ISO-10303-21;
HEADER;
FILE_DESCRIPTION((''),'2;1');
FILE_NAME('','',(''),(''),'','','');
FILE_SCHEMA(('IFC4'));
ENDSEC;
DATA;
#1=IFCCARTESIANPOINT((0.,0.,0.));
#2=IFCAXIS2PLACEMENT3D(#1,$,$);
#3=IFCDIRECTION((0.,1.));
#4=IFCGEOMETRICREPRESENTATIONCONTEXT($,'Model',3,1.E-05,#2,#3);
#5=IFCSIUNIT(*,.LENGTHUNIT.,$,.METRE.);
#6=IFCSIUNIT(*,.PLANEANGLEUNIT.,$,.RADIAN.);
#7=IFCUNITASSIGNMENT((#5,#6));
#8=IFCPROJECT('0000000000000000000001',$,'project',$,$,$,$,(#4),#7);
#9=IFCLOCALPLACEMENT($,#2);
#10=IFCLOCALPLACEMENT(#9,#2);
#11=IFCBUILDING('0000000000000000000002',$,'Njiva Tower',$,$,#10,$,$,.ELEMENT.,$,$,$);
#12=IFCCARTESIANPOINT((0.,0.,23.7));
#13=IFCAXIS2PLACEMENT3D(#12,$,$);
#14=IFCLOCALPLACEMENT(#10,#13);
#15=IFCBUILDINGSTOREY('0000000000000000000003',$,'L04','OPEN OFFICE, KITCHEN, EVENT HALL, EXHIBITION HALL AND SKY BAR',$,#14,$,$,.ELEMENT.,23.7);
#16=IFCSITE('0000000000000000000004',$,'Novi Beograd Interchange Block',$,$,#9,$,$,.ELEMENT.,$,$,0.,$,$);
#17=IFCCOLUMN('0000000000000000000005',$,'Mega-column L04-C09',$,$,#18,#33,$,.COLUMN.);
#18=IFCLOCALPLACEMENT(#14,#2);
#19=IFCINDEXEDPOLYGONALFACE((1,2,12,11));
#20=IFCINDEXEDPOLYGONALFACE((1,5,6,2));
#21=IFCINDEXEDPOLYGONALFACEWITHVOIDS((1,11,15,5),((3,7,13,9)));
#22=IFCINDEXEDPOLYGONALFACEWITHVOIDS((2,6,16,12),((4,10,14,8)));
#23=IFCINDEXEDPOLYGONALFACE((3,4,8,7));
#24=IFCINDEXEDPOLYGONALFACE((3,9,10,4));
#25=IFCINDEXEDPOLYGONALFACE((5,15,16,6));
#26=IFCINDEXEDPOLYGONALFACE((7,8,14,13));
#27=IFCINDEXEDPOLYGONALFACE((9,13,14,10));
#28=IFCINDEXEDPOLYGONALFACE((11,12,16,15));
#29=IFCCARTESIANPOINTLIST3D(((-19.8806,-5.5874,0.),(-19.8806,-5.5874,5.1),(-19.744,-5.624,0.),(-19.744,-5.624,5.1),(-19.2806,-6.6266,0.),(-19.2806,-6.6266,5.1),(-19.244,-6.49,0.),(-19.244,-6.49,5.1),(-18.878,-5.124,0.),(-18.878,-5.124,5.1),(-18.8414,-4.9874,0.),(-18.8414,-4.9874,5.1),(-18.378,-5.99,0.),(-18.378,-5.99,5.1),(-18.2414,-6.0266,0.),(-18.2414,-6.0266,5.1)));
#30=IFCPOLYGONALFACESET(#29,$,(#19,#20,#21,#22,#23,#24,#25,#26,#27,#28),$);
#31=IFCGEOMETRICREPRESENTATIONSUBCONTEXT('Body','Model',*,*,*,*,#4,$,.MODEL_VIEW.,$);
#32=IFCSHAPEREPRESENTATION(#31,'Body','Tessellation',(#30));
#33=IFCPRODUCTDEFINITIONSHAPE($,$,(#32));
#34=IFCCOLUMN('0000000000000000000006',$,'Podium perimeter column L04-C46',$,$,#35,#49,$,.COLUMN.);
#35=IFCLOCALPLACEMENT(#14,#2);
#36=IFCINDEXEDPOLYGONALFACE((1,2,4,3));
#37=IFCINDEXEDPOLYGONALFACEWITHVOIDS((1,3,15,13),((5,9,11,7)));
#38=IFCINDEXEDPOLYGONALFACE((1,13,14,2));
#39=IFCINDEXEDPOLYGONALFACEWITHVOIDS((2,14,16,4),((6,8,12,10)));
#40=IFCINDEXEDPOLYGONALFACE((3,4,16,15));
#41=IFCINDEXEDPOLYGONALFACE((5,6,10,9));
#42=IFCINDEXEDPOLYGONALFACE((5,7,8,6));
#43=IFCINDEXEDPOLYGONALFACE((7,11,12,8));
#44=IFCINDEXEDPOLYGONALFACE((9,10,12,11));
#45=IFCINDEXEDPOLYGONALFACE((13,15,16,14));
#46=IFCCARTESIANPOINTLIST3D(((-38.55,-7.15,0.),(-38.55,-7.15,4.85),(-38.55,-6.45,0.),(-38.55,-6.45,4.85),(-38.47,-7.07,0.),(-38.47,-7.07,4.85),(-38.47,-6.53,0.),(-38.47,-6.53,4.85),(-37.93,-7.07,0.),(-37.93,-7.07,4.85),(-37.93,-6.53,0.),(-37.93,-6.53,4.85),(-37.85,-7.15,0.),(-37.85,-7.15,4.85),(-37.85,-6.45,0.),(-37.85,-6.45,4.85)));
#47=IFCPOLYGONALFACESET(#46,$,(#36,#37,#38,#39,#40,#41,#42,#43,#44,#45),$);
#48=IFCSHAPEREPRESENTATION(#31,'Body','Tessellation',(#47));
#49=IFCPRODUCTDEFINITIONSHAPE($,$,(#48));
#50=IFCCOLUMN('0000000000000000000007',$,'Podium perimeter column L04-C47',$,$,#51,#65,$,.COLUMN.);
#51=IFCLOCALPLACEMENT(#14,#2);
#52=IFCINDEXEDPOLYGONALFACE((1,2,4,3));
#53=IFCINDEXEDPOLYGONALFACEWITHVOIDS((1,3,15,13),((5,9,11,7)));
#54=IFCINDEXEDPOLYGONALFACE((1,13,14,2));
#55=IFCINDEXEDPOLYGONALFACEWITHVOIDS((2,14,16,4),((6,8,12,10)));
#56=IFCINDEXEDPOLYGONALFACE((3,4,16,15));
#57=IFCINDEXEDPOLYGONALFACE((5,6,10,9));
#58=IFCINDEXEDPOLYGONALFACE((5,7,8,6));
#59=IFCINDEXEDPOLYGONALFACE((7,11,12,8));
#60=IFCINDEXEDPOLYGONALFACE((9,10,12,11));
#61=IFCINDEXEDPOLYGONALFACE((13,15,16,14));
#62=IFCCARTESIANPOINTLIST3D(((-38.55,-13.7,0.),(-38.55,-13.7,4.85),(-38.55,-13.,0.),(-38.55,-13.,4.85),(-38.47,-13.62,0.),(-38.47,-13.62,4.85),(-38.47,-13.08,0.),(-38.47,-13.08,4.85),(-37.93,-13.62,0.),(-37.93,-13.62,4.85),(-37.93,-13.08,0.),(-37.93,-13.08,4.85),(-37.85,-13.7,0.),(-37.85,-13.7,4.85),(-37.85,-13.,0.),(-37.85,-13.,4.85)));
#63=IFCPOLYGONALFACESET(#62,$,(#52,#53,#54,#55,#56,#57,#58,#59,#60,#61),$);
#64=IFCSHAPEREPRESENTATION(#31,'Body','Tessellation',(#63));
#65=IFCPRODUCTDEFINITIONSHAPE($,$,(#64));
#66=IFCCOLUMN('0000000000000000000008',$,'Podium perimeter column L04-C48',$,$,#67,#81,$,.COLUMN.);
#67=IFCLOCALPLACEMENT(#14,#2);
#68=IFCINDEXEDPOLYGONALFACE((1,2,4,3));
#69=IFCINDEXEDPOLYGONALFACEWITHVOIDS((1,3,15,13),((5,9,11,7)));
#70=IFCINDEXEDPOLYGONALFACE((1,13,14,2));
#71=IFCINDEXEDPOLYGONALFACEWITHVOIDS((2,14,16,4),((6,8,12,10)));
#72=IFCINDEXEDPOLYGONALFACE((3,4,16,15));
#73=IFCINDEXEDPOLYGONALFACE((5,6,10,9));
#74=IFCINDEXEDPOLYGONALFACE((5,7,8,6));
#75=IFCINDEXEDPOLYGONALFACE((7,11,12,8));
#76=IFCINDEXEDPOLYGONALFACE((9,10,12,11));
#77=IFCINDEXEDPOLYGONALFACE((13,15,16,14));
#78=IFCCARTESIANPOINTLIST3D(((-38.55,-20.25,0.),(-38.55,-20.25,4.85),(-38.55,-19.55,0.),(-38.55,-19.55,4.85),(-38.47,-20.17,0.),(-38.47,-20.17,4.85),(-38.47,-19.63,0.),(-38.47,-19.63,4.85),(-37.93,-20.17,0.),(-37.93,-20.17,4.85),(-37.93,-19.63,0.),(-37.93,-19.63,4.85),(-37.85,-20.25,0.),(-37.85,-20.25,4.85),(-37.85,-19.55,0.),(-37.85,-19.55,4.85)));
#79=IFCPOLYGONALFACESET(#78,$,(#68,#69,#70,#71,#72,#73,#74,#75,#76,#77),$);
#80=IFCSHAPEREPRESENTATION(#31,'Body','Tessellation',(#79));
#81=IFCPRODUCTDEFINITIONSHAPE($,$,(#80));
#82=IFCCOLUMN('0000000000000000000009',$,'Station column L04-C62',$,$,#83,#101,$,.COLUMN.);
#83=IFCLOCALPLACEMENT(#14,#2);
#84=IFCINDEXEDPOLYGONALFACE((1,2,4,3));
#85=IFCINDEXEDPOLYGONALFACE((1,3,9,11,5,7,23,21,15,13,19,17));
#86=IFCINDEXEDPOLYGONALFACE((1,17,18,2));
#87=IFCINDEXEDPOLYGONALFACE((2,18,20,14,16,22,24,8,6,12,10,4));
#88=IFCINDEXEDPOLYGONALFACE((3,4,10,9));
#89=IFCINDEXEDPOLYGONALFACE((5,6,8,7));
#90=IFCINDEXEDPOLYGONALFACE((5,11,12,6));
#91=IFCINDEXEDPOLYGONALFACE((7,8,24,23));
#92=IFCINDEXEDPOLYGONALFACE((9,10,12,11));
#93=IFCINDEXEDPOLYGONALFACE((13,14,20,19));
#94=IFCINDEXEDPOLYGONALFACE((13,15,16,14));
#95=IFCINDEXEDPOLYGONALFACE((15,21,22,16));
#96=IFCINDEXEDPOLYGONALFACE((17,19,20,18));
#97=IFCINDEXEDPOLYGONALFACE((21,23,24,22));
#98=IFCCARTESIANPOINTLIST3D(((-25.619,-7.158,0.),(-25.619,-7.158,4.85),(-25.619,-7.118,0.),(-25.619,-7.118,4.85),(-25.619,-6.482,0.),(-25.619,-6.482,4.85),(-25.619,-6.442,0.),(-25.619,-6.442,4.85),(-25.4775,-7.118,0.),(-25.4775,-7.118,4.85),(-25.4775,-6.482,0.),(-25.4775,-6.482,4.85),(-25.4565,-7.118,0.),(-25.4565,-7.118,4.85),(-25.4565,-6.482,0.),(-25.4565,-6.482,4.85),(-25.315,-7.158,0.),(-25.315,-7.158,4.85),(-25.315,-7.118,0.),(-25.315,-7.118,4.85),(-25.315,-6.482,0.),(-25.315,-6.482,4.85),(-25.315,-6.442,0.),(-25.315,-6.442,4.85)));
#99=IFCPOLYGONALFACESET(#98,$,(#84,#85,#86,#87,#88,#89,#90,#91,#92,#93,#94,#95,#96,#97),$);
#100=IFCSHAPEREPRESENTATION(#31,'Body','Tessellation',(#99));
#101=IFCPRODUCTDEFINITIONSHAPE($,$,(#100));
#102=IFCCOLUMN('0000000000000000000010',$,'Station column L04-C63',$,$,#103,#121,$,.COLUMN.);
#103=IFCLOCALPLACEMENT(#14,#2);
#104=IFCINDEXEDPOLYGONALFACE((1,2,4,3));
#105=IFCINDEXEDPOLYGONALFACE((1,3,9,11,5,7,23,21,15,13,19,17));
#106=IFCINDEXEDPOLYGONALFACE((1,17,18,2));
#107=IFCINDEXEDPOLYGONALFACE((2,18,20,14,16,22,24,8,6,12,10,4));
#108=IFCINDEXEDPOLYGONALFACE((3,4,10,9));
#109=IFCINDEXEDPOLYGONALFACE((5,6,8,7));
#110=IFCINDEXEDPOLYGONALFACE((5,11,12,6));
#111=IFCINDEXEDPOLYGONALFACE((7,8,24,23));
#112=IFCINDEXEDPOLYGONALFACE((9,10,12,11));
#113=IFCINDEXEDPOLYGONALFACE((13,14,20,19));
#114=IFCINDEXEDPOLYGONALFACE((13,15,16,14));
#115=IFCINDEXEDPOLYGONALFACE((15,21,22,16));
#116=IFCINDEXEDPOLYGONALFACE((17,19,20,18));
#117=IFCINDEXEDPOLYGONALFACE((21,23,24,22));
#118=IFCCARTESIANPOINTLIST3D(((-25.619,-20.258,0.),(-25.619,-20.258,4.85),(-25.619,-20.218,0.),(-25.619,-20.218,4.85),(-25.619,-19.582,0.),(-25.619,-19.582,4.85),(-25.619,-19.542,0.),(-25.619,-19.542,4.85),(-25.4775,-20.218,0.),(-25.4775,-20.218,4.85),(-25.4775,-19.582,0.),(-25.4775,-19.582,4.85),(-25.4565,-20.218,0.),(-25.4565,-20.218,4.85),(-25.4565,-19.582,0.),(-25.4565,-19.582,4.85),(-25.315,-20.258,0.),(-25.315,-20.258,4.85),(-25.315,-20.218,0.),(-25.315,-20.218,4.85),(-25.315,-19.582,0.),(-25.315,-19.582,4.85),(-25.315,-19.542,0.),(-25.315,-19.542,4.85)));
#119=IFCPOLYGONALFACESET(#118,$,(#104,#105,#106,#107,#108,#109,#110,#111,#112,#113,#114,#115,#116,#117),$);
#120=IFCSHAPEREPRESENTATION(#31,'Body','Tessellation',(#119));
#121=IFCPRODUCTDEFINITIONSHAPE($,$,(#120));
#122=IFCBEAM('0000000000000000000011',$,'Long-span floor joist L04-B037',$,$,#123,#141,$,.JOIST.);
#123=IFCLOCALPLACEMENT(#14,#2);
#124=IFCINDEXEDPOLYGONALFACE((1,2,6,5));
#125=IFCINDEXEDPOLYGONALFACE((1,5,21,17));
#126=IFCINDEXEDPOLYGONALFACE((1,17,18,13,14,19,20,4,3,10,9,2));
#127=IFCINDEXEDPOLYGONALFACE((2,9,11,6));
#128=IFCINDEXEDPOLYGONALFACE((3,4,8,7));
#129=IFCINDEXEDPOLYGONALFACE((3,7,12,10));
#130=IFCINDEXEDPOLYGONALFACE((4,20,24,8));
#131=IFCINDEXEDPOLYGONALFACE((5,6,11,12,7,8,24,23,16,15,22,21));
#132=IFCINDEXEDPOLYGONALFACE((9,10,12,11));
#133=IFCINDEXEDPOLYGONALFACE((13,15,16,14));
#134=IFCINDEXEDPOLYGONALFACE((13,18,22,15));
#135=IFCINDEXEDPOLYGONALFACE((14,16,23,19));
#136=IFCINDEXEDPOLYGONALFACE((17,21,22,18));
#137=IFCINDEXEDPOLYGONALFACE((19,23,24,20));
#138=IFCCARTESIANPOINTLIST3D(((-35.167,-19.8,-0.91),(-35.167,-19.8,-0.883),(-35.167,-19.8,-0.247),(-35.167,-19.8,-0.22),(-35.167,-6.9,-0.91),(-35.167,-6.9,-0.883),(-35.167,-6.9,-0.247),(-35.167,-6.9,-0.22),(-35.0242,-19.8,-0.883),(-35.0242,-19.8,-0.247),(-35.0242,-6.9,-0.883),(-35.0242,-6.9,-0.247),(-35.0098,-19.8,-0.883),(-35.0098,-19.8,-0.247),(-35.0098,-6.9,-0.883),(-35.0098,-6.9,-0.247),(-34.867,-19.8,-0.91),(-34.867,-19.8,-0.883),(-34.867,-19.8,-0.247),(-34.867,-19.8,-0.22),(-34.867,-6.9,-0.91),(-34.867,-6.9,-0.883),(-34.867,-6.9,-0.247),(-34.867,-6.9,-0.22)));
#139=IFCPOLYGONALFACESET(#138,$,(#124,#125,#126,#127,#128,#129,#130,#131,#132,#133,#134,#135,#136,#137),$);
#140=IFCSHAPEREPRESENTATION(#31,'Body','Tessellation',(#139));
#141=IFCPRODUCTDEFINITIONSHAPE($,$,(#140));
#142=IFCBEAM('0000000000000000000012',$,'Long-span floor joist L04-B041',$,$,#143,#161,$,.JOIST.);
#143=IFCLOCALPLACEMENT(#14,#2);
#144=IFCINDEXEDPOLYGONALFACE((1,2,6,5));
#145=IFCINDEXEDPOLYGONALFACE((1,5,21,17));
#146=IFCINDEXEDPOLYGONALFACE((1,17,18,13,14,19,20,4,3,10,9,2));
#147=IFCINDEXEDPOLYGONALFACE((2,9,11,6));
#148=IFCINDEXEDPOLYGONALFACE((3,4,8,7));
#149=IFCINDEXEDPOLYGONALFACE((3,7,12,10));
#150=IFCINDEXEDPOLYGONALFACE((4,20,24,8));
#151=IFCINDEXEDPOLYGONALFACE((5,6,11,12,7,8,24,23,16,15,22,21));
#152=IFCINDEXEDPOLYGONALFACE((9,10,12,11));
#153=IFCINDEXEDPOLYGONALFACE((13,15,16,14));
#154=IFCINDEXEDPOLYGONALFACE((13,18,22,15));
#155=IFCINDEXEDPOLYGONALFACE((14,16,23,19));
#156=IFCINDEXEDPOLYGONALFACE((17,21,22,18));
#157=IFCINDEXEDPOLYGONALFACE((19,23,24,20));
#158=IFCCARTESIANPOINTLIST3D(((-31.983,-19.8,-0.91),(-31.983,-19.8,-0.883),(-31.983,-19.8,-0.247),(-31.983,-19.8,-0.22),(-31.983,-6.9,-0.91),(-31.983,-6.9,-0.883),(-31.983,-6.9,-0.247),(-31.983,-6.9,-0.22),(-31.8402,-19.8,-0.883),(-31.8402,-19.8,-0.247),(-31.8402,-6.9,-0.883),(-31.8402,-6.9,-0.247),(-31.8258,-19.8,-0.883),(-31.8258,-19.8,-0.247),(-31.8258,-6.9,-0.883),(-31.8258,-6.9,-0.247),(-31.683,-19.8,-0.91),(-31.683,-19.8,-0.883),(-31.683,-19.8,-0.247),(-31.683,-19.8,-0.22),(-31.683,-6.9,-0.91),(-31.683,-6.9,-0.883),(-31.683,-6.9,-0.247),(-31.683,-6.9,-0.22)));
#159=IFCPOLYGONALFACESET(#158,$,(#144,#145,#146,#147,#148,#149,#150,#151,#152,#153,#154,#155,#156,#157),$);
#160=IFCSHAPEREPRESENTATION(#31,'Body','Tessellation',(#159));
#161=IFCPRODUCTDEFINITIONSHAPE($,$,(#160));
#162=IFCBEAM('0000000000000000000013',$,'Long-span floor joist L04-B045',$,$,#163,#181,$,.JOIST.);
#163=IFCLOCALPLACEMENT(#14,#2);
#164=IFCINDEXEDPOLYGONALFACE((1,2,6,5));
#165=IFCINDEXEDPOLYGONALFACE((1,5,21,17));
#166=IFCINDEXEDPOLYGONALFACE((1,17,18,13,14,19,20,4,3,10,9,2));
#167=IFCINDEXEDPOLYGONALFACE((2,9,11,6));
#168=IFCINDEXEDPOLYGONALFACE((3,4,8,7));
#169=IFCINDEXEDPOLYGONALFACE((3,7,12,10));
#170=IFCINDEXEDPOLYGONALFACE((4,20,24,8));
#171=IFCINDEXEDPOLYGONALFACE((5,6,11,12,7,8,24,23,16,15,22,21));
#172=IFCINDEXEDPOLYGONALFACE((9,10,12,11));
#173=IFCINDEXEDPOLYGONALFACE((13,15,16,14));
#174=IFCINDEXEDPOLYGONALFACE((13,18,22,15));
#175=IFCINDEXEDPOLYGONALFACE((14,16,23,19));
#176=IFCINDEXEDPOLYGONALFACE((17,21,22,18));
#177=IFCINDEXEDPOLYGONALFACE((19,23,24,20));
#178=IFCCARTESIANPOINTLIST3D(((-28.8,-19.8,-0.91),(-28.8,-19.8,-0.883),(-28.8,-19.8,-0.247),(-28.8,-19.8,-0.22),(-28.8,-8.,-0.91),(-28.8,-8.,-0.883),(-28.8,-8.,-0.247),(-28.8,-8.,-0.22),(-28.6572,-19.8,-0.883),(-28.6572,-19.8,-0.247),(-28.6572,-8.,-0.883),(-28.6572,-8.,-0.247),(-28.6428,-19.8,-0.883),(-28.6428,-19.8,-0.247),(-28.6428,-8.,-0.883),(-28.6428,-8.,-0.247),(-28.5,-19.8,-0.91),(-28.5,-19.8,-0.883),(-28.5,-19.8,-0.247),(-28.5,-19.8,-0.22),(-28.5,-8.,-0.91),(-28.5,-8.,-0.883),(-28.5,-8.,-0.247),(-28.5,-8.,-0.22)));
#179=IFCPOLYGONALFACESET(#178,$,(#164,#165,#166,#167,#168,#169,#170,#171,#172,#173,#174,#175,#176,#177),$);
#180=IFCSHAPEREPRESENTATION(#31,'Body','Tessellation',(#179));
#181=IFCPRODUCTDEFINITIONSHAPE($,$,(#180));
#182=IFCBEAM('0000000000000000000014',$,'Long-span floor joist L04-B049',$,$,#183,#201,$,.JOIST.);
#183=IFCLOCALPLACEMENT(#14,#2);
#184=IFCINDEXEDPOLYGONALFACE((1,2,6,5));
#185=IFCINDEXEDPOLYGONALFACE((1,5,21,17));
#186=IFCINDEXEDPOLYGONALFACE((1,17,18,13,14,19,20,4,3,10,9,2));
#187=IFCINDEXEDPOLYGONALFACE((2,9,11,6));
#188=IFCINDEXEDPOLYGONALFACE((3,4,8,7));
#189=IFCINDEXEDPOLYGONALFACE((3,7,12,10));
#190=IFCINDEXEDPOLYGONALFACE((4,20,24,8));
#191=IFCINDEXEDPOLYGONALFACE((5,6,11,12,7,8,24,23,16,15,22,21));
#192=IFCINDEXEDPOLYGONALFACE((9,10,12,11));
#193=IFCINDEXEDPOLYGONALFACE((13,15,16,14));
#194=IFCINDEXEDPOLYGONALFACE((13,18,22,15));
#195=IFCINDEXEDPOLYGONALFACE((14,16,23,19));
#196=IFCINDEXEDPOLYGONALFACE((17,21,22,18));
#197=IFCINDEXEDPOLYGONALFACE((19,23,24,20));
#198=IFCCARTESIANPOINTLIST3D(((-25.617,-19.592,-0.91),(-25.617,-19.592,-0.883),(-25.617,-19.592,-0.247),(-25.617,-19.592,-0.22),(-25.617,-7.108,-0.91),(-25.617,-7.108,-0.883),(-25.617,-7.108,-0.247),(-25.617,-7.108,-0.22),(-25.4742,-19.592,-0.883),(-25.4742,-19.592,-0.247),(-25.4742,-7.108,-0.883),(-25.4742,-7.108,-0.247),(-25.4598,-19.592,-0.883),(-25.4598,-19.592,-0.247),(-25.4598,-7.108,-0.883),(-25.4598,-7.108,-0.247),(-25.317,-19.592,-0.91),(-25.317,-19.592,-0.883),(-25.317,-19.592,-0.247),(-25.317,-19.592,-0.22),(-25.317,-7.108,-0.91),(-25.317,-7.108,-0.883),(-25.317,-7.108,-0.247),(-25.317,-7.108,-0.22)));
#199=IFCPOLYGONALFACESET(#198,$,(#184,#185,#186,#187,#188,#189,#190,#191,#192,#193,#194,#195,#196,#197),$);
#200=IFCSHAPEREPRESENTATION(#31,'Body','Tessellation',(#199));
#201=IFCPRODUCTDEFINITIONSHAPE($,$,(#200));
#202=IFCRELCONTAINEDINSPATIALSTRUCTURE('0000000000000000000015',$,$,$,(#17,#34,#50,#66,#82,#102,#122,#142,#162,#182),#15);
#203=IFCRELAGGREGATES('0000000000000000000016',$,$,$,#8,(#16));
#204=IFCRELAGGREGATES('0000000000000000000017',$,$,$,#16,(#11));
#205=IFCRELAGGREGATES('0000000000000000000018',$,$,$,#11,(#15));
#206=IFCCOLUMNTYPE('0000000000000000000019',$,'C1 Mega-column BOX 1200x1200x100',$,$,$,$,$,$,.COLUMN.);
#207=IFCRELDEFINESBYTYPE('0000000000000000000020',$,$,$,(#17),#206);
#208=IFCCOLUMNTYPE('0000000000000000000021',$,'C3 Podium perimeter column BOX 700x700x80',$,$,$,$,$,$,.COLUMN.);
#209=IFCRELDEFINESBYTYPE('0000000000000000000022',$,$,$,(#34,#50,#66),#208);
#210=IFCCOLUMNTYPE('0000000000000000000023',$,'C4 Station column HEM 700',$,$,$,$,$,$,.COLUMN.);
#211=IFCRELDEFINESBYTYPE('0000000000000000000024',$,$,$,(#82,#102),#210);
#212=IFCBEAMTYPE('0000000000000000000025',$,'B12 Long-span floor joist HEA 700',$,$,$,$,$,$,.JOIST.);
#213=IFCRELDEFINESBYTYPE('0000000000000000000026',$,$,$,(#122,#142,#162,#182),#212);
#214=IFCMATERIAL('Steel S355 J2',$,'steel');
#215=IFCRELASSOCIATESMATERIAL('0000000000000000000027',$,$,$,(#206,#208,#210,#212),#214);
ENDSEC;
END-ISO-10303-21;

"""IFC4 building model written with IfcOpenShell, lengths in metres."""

from ifc_helpers import new_model, si_unit, direction, frame, origin, origin_2d, place, context, subcontext, project, spatial, hollow_rectangle, i_section, extrude, material, material_profile, profile_set, type_object, element, save


model = new_model("IFC4")

# Units and contexts
model_context = context("Model", 3, precision=1e-05, world=origin(), true_north=direction((0.0, 1.0)))
body_context = subcontext(model_context, "Body", "Model", "MODEL_VIEW")
ifc_project = project(units=[si_unit("LENGTHUNIT", "METRE"), si_unit("PLANEANGLEUNIT", "RADIAN")], contexts=[model_context])

# Site, building, storey
site_placement = place(None, origin())
site = spatial("IfcSite", under=ifc_project, at=site_placement, Name="Novi Beograd Interchange Block", CompositionType="ELEMENT", RefElevation=0.0)
building_placement = place(site_placement, origin())
building = spatial("IfcBuilding", under=site, at=building_placement, Name="Njiva Tower", CompositionType="ELEMENT")
storey_placement = place(building_placement, frame((0.0, 0.0, 23.7)))
storey = spatial("IfcBuildingStorey", under=building, at=storey_placement, Name="L04", Description="OPEN OFFICE, KITCHEN, EVENT HALL, EXHIBITION HALL AND SKY BAR", CompositionType="ELEMENT", Elevation=23.7)

# Columns
ifc_material_1 = material(Name="Steel S355 J2", Category="steel")
ifc_material_profile_1 = material_profile(ifc_material_1, hollow_rectangle(XDim=1.2, YDim=1.2, WallThickness=0.1, at=origin_2d()), Name="BOX 1200x1200x100")
ifc_profile_set_1 = profile_set([ifc_material_profile_1], Name="Steel S355 J2")
column_type_1 = type_object("IfcColumnType", Name="C1 Mega-column BOX 1200x1200x100", PredefinedType="COLUMN", material=ifc_profile_set_1)
column_placement = place(storey_placement, frame((-19.061, -5.807, 0.0), z_axis=(0.0, 0.0, 1.0), x_axis=(0.5, -0.866025, 0.0)))
element("IfcColumn", 1, at=column_placement, inside=storey, type_object=column_type_1, Name="Mega-column L04-C09", PredefinedType="COLUMN", context=body_context, shape_type="SweptSolid", body=[
    extrude(hollow_rectangle(XDim=1.2, YDim=1.2, WallThickness=0.1, at=origin_2d()), origin(), (0.0, 0.0, 1.0), 5.1),
])
ifc_material_profile_2 = material_profile(ifc_material_1, hollow_rectangle(XDim=0.7, YDim=0.7, WallThickness=0.08, at=origin_2d()), Name="BOX 700x700x80")
ifc_profile_set_2 = profile_set([ifc_material_profile_2], Name="Steel S355 J2")
column_type_2 = type_object("IfcColumnType", Name="C3 Podium perimeter column BOX 700x700x80", PredefinedType="COLUMN", material=ifc_profile_set_2)
for number, where, z_axis, x_axis, name in (
    (2, (-38.2, -6.8, 0.0), (0.0, 0.0, 1.0), (0.0, -1.0, 0.0), "Podium perimeter column L04-C46"),
    (3, (-38.2, -13.35, 0.0), (0.0, 0.0, 1.0), (0.0, -1.0, 0.0), "Podium perimeter column L04-C47"),
    (4, (-38.2, -19.9, 0.0), (0.0, 0.0, 1.0), (0.0, -1.0, 0.0), "Podium perimeter column L04-C48"),
):
    element("IfcColumn", number, at=place(storey_placement, frame(where, z_axis=z_axis, x_axis=x_axis)), inside=storey, type_object=column_type_2, Name=name, PredefinedType="COLUMN", context=body_context, shape_type="SweptSolid", body=[
        extrude(hollow_rectangle(XDim=0.7, YDim=0.7, WallThickness=0.08, at=origin_2d()), origin(), (0.0, 0.0, 1.0), 4.85),
    ])
ifc_material_profile_3 = material_profile(ifc_material_1, i_section(OverallWidth=0.304, OverallDepth=0.716, WebThickness=0.021, FlangeThickness=0.04, at=origin_2d()), Name="HEM 700")
ifc_profile_set_3 = profile_set([ifc_material_profile_3], Name="Steel S355 J2")
column_type_3 = type_object("IfcColumnType", Name="C4 Station column HEM 700", PredefinedType="COLUMN", material=ifc_profile_set_3)
for number, where, z_axis, x_axis, name in (
    (5, (-25.467, -6.8, 0.0), (0.0, 0.0, 1.0), (1.0, 0.0, 0.0), "Station column L04-C62"),
    (6, (-25.467, -19.9, 0.0), (0.0, 0.0, 1.0), (1.0, 0.0, 0.0), "Station column L04-C63"),
):
    element("IfcColumn", number, at=place(storey_placement, frame(where, z_axis=z_axis, x_axis=x_axis)), inside=storey, type_object=column_type_3, Name=name, PredefinedType="COLUMN", context=body_context, shape_type="SweptSolid", body=[
        extrude(i_section(OverallWidth=0.304, OverallDepth=0.716, WebThickness=0.021, FlangeThickness=0.04, at=origin_2d()), origin(), (0.0, 0.0, 1.0), 4.85),
    ])

# Beams
ifc_material_profile_4 = material_profile(ifc_material_1, i_section(OverallWidth=0.3, OverallDepth=0.69, WebThickness=0.0145, FlangeThickness=0.027, at=origin_2d()), Name="HEA 700")
ifc_profile_set_4 = profile_set([ifc_material_profile_4], Name="Steel S355 J2")
beam_type_1 = type_object("IfcBeamType", Name="B12 Long-span floor joist HEA 700", PredefinedType="JOIST", material=ifc_profile_set_4)
for number, where, z_axis, x_axis, name in (
    (7, (-35.017, -6.9, -0.565), (0.0, -1.0, 0.0), (1.0, 0.0, 0.0), "Long-span floor joist L04-B037"),
    (8, (-31.833, -6.9, -0.565), (0.0, -1.0, 0.0), (1.0, 0.0, 0.0), "Long-span floor joist L04-B041"),
):
    element("IfcBeam", number, at=place(storey_placement, frame(where, z_axis=z_axis, x_axis=x_axis)), inside=storey, type_object=beam_type_1, Name=name, PredefinedType="JOIST", context=body_context, shape_type="SweptSolid", body=[
        extrude(i_section(OverallWidth=0.3, OverallDepth=0.69, WebThickness=0.0145, FlangeThickness=0.027, at=origin_2d()), origin(), (0.0, 0.0, 1.0), 12.9),
    ])
beam_1_placement = place(storey_placement, frame((-28.65, -8.0, -0.565), z_axis=(0.0, -1.0, 0.0), x_axis=(1.0, 0.0, 0.0)))
element("IfcBeam", 9, at=beam_1_placement, inside=storey, type_object=beam_type_1, Name="Long-span floor joist L04-B045", PredefinedType="JOIST", context=body_context, shape_type="SweptSolid", body=[
    extrude(i_section(OverallWidth=0.3, OverallDepth=0.69, WebThickness=0.0145, FlangeThickness=0.027, at=origin_2d()), origin(), (0.0, 0.0, 1.0), 11.8),
])
beam_2_placement = place(storey_placement, frame((-25.467, -7.108, -0.565), z_axis=(0.0, -1.0, 0.0), x_axis=(1.0, 0.0, 0.0)))
element("IfcBeam", 10, at=beam_2_placement, inside=storey, type_object=beam_type_1, Name="Long-span floor joist L04-B049", PredefinedType="JOIST", context=body_context, shape_type="SweptSolid", body=[
    extrude(i_section(OverallWidth=0.3, OverallDepth=0.69, WebThickness=0.0145, FlangeThickness=0.027, at=origin_2d()), origin(), (0.0, 0.0, 1.0), 12.484),
])

save(model, "model.ifc")
